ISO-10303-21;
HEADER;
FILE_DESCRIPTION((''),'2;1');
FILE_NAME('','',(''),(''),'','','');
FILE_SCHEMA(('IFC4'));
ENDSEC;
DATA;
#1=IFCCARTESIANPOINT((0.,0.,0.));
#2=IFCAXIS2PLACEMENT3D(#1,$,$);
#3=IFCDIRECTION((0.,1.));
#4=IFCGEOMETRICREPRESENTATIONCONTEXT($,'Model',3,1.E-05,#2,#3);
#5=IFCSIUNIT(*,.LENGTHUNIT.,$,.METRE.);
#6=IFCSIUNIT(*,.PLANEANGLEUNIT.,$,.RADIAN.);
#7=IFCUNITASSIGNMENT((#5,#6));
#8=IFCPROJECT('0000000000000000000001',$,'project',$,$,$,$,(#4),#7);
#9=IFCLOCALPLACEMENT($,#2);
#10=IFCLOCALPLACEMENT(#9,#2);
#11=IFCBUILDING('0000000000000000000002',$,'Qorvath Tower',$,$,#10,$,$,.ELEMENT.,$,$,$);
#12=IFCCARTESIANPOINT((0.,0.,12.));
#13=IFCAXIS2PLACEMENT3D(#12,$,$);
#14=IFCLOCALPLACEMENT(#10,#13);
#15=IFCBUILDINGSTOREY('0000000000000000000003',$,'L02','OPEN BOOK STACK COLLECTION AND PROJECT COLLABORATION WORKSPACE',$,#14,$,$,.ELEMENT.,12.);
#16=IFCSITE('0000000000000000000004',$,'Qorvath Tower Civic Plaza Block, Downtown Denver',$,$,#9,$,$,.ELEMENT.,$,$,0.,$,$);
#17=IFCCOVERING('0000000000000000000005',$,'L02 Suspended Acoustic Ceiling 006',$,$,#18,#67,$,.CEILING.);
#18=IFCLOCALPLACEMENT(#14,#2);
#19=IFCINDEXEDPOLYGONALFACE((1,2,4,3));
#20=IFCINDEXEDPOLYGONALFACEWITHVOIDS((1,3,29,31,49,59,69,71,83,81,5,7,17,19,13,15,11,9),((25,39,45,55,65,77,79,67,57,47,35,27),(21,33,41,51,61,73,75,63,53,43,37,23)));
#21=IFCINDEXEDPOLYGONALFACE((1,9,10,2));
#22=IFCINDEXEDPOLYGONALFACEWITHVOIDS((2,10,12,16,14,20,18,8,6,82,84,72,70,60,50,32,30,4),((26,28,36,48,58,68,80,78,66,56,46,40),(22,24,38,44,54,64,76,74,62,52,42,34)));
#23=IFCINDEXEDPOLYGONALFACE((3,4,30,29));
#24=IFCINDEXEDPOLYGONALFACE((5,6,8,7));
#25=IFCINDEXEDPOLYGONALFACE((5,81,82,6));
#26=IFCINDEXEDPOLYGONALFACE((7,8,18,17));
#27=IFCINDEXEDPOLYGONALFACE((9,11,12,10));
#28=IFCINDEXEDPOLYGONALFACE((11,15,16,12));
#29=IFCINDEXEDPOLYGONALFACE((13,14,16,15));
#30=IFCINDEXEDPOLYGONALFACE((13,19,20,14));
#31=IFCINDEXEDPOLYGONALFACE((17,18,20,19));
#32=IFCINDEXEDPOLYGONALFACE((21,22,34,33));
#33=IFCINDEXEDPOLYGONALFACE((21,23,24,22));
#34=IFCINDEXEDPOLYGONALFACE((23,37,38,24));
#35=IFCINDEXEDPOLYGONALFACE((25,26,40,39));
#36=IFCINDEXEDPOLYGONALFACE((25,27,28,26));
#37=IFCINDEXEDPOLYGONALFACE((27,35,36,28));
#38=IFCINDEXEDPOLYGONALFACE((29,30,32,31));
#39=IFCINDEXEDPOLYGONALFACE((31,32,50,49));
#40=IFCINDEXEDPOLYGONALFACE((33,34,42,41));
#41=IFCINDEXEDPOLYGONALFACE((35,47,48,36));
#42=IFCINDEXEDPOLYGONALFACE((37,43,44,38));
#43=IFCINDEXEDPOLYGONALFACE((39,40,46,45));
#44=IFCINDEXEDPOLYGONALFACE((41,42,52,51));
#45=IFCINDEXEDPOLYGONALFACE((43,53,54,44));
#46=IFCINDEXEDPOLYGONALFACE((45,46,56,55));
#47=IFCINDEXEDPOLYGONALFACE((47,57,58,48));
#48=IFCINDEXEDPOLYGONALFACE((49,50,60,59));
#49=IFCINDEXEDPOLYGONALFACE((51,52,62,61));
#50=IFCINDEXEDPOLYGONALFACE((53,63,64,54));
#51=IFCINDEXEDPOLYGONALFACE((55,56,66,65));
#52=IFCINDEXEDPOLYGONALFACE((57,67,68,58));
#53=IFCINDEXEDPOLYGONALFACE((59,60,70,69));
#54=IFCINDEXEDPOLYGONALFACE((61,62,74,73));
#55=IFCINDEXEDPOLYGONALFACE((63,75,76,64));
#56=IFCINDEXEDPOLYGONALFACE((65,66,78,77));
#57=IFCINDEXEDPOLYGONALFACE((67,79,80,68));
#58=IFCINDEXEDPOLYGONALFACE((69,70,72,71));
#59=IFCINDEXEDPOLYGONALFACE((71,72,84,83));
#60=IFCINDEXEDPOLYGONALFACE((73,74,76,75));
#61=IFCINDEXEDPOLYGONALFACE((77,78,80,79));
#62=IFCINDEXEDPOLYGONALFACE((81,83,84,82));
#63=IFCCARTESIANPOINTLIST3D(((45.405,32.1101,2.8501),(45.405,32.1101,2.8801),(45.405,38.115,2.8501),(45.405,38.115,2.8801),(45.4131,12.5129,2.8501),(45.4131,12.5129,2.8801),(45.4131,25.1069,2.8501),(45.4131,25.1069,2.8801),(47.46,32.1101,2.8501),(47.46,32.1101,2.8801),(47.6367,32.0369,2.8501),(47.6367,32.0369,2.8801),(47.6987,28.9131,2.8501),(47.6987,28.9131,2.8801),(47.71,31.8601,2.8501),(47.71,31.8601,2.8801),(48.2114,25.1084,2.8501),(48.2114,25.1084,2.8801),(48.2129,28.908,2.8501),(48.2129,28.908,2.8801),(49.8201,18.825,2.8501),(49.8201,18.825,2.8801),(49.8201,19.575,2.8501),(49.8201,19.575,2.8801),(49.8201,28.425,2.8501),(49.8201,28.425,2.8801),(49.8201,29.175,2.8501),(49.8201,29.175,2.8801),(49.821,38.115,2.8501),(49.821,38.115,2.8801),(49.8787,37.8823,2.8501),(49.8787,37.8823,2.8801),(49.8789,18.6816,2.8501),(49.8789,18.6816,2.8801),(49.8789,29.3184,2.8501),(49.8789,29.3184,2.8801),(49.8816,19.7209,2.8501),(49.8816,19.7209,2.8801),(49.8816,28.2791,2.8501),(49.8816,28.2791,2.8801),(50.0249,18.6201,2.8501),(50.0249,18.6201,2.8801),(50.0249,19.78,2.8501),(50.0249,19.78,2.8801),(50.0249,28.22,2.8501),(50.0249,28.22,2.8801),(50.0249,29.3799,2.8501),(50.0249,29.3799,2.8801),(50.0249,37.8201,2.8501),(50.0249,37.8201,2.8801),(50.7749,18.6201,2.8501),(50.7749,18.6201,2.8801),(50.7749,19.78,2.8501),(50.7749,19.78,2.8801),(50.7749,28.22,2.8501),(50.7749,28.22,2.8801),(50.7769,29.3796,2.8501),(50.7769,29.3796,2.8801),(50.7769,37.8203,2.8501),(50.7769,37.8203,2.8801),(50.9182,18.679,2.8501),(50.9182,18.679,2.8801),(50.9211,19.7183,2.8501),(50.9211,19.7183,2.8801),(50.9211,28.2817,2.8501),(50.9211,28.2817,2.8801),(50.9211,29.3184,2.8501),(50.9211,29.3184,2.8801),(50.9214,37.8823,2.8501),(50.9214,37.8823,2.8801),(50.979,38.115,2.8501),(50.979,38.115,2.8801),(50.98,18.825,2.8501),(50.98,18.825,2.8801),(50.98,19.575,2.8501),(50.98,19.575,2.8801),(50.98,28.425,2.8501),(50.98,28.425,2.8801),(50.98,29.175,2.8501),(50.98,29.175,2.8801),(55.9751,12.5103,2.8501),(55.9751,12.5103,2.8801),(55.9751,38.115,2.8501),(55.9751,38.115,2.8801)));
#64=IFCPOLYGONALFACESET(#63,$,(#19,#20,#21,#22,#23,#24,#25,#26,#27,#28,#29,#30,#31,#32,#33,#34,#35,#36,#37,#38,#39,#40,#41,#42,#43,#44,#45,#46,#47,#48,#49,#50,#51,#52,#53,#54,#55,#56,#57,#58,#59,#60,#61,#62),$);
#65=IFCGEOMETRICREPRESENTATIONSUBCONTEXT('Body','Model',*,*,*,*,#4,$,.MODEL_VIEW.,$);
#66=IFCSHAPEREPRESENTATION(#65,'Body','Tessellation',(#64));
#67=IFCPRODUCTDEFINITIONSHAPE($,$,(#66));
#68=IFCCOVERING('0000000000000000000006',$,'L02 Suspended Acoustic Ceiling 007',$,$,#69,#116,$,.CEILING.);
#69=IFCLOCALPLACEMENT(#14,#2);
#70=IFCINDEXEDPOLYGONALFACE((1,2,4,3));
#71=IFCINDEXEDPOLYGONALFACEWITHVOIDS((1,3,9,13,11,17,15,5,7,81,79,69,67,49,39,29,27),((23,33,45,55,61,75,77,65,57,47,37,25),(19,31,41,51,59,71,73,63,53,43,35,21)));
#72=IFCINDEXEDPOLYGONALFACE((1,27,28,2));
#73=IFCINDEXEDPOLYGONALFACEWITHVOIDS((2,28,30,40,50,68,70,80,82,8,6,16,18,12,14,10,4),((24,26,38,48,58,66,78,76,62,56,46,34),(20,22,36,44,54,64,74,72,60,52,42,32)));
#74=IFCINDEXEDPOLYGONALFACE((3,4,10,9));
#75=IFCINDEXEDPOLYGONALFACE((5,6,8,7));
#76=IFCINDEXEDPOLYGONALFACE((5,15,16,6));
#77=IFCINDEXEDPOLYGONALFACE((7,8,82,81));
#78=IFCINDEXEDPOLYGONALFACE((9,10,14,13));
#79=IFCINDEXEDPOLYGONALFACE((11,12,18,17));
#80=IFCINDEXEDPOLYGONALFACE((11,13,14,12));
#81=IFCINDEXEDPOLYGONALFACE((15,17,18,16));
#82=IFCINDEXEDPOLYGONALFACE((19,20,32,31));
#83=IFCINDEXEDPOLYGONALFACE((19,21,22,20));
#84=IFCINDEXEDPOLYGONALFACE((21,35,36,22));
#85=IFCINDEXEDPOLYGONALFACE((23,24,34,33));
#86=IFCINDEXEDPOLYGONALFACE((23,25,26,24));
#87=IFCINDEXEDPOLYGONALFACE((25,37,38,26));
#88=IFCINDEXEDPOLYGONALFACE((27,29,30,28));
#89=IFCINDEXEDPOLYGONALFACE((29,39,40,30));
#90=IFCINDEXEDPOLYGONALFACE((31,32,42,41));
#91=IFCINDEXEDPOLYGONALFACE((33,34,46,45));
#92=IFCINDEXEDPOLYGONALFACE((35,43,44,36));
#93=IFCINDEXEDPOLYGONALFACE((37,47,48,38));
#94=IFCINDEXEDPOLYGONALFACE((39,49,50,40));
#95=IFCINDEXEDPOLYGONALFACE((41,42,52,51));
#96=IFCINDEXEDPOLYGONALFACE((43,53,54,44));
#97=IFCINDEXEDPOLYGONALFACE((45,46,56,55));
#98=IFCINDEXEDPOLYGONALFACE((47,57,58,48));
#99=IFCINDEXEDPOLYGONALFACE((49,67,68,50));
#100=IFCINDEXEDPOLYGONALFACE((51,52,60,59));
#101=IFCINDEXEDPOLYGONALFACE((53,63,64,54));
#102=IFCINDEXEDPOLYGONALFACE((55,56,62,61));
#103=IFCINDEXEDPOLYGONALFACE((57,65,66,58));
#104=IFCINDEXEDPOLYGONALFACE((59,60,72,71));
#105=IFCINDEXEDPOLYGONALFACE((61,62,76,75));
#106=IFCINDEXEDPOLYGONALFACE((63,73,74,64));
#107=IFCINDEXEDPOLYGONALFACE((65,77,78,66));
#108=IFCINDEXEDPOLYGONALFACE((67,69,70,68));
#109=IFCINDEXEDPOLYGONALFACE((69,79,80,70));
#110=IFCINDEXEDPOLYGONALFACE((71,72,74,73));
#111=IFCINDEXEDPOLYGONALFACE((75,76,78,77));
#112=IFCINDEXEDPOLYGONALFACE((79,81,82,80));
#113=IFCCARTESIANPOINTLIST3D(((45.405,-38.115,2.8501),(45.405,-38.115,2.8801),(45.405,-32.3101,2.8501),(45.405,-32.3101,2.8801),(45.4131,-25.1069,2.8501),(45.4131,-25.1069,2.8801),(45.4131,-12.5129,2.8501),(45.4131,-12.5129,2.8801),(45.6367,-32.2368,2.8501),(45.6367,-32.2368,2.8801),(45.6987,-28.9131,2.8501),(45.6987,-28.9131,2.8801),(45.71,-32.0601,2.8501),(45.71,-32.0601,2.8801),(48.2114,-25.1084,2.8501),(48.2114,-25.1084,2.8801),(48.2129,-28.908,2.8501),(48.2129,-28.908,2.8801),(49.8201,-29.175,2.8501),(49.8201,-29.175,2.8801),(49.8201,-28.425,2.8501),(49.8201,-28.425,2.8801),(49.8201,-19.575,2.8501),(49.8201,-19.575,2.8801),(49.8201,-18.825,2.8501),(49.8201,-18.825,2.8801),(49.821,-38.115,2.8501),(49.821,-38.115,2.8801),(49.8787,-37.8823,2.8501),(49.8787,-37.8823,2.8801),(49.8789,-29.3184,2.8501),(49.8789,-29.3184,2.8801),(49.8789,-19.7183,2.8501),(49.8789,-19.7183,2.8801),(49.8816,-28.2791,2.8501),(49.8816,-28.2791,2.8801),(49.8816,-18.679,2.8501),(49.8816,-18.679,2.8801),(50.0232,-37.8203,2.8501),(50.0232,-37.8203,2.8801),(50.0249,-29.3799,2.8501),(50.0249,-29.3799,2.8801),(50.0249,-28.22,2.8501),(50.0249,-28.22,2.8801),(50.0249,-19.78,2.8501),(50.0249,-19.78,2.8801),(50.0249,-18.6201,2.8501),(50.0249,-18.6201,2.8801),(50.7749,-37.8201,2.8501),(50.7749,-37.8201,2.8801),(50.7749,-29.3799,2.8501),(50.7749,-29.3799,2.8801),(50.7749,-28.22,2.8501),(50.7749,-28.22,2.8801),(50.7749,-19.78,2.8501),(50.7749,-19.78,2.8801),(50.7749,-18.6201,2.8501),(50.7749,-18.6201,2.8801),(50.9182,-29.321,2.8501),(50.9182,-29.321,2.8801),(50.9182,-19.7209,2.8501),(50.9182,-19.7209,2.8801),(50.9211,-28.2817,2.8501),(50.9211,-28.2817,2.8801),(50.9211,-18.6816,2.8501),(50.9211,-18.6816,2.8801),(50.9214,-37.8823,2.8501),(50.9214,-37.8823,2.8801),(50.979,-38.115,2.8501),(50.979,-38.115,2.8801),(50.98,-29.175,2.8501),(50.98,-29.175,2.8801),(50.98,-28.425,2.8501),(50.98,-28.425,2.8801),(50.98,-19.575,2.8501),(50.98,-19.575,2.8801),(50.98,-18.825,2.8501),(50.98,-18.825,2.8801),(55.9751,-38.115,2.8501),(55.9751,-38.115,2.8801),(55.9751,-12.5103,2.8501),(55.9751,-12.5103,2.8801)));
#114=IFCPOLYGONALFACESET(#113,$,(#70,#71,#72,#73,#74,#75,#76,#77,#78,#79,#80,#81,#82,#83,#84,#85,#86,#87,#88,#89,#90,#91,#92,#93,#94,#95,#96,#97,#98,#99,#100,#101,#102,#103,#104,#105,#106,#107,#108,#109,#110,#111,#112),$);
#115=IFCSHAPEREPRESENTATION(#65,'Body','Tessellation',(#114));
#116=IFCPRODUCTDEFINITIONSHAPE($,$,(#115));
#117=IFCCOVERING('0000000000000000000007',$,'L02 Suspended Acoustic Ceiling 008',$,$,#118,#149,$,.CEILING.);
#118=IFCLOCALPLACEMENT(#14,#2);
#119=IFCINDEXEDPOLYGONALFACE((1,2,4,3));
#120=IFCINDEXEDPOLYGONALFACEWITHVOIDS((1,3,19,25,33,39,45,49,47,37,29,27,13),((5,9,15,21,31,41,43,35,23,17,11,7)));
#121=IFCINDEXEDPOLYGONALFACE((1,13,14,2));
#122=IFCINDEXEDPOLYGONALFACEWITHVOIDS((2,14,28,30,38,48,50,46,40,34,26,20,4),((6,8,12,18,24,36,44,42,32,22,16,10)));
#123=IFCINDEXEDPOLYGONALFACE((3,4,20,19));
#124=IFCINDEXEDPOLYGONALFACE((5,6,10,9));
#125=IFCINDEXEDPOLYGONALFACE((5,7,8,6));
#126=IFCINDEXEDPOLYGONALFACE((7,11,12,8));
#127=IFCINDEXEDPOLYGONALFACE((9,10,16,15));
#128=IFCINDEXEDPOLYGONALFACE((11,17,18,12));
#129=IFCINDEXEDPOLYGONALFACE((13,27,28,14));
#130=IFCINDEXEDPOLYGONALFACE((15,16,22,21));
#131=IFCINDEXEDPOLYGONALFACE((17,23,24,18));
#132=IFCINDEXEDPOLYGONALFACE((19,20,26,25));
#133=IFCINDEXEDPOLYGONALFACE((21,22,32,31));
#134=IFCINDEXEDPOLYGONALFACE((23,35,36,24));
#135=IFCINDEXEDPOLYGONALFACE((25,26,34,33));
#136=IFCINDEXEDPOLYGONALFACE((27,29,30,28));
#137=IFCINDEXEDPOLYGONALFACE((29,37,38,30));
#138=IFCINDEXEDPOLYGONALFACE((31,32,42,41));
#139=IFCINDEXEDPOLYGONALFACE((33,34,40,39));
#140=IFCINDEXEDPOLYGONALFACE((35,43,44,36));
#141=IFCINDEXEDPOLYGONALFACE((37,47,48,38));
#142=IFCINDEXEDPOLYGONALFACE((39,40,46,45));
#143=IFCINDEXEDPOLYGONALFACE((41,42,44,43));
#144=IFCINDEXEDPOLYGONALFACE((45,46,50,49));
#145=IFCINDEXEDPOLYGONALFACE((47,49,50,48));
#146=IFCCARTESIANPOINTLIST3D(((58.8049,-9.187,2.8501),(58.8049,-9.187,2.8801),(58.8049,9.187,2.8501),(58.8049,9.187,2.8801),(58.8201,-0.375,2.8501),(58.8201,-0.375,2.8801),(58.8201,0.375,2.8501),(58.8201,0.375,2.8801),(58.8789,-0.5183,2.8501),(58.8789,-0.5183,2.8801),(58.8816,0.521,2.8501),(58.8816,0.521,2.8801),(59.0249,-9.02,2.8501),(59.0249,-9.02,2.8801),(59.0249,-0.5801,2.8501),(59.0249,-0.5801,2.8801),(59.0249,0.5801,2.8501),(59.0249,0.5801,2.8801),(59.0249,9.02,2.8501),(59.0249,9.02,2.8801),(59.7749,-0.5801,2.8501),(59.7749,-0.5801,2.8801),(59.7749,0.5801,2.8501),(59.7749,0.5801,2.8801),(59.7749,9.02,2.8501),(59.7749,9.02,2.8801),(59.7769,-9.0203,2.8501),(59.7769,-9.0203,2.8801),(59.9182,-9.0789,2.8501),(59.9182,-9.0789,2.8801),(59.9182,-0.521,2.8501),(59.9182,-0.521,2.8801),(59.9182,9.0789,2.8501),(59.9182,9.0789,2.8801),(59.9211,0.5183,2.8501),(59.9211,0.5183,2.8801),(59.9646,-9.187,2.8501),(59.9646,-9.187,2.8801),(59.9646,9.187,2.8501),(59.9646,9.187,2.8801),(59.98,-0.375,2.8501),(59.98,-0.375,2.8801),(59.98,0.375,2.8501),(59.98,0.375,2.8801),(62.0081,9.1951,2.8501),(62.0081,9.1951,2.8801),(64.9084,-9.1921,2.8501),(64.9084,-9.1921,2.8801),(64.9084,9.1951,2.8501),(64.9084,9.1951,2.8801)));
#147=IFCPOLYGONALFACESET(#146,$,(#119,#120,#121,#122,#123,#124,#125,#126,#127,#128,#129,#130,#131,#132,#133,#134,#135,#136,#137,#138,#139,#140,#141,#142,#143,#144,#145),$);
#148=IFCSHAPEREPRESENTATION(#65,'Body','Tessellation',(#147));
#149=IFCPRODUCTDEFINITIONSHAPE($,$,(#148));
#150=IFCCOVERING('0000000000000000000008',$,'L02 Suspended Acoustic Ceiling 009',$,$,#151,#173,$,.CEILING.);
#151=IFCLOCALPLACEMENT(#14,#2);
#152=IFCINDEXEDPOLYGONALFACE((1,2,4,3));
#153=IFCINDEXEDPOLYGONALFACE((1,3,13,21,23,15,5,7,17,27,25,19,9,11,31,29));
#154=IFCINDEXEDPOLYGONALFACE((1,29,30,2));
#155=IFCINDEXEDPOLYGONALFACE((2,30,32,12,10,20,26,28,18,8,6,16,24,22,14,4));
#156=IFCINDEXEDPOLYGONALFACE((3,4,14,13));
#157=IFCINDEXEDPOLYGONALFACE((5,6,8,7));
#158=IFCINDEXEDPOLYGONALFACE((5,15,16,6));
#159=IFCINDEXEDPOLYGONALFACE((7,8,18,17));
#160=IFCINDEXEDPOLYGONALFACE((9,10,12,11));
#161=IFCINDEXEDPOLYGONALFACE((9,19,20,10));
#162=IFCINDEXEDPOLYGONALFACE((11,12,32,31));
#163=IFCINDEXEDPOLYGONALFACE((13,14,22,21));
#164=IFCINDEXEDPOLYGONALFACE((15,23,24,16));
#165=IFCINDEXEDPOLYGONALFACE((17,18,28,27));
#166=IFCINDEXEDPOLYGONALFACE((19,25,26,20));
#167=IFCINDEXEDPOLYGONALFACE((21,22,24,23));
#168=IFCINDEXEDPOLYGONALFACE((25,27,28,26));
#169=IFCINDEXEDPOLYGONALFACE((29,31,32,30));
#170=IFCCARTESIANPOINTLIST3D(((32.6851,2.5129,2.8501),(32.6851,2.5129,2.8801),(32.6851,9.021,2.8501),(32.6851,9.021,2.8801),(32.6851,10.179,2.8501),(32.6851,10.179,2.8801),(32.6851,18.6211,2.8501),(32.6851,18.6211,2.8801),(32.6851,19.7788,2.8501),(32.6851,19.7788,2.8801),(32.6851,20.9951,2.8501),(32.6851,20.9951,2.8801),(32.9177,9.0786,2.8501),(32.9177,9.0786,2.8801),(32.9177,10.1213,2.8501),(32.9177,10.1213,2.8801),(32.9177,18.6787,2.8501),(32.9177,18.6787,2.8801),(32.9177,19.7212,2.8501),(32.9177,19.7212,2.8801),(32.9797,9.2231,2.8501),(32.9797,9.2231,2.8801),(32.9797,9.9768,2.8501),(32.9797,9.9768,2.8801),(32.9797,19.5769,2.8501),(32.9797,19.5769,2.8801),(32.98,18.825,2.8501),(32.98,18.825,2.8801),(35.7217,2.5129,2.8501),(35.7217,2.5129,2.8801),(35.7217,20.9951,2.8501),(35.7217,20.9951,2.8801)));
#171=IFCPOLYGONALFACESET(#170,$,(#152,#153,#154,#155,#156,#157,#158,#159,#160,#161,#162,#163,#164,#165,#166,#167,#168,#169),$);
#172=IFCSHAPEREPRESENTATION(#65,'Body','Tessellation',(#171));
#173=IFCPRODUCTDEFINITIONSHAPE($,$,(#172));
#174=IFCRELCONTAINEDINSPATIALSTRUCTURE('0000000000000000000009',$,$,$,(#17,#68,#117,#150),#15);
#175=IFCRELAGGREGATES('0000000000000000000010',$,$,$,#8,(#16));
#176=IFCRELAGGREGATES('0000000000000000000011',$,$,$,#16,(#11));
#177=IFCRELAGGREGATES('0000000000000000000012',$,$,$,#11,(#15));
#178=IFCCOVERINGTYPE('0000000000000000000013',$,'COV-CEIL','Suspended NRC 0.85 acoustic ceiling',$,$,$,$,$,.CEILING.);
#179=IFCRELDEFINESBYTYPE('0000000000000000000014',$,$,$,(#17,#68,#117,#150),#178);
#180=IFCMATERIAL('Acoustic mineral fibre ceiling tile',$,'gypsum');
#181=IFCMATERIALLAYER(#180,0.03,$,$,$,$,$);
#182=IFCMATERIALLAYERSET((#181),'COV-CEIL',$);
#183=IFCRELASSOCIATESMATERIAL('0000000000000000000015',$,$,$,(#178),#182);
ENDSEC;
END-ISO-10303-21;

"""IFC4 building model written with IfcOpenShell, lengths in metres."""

from ifc_helpers import new_model, si_unit, direction, frame, origin, place, context, subcontext, project, spatial, polyline, outline, extrude, material, layer, layer_set, type_object, element, save


model = new_model("IFC4")

# Units and contexts
model_context = context("Model", 3, precision=1e-05, world=origin(), true_north=direction((0.0, 1.0)))
body_context = subcontext(model_context, "Body", "Model", "MODEL_VIEW")
ifc_project = project(units=[si_unit("LENGTHUNIT", "METRE"), si_unit("PLANEANGLEUNIT", "RADIAN")], contexts=[model_context])

# Site, building, storey
site_placement = place(None, origin())
site = spatial("IfcSite", under=ifc_project, at=site_placement, Name="Qorvath Tower Civic Plaza Block, Downtown Denver", CompositionType="ELEMENT", RefElevation=0.0)
building_placement = place(site_placement, origin())
building = spatial("IfcBuilding", under=site, at=building_placement, Name="Qorvath Tower", CompositionType="ELEMENT")
storey_placement = place(building_placement, frame((0.0, 0.0, 12.0)))
storey = spatial("IfcBuildingStorey", under=building, at=storey_placement, Name="L02", Description="OPEN BOOK STACK COLLECTION AND PROJECT COLLABORATION WORKSPACE", CompositionType="ELEMENT", Elevation=12.0)

# Coverings
ifc_material_1 = material(Name="Acoustic mineral fibre ceiling tile", Category="gypsum")
ifc_layer_1 = layer(ifc_material_1, 0.03)
ifc_layer_set_1 = layer_set([ifc_layer_1], Name="COV-CEIL")
covering_type_1 = type_object("IfcCoveringType", Name="COV-CEIL", Description="Suspended NRC 0.85 acoustic ceiling", PredefinedType="CEILING", material=ifc_layer_set_1)
covering_1_placement = place(storey_placement, frame((0.0, 0.0, 2.8501)))
element("IfcCovering", 1, at=covering_1_placement, inside=storey, type_object=covering_type_1, Name="L02 Suspended Acoustic Ceiling 006", PredefinedType="CEILING", context=body_context, shape_type="SweptSolid", body=[
    extrude(outline(polyline([(45.405, 38.115), (45.405, 32.1101), (47.46, 32.1101), (47.6367, 32.0369), (47.71, 31.8601), (47.6987, 28.9131), (48.2129, 28.908), (48.2114, 25.1084), (45.4131, 25.1069), (45.4131, 12.5129), (55.9751, 12.5103), (55.9751, 38.115), (50.979, 38.115), (50.9214, 37.8823), (50.7769, 37.8203), (50.0249, 37.8201), (49.8787, 37.8823), (49.821, 38.115), (45.405, 38.115)]), holes=[polyline([(50.7769, 29.3796), (50.9211, 29.3184), (50.98, 29.175), (50.98, 28.425), (50.9211, 28.2817), (50.7749, 28.22), (50.0249, 28.22), (49.8816, 28.2791), (49.8201, 28.425), (49.8201, 29.175), (49.8789, 29.3184), (50.0249, 29.3799), (50.7769, 29.3796)]), polyline([(50.9211, 19.7183), (50.98, 19.575), (50.98, 18.825), (50.9182, 18.679), (50.7749, 18.6201), (50.0249, 18.6201), (49.8789, 18.6816), (49.8201, 18.825), (49.8201, 19.575), (49.8816, 19.7209), (50.0249, 19.78), (50.7749, 19.78), (50.9211, 19.7183)])]), origin(), (0.0, 0.0, 1.0), 0.03),
])
covering_2_placement = place(storey_placement, frame((0.0, 0.0, 2.8501)))
element("IfcCovering", 2, at=covering_2_placement, inside=storey, type_object=covering_type_1, Name="L02 Suspended Acoustic Ceiling 007", PredefinedType="CEILING", context=body_context, shape_type="SweptSolid", body=[
    extrude(outline(polyline([(55.9751, -38.115), (55.9751, -12.5103), (45.4131, -12.5129), (45.4131, -25.1069), (48.2114, -25.1084), (48.2129, -28.908), (45.6987, -28.9131), (45.71, -32.0601), (45.6367, -32.2368), (45.405, -32.3101), (45.405, -38.115), (49.821, -38.115), (49.8787, -37.8823), (50.0232, -37.8203), (50.7749, -37.8201), (50.9214, -37.8823), (50.979, -38.115), (55.9751, -38.115)]), holes=[polyline([(50.9211, -28.2817), (50.98, -28.425), (50.98, -29.175), (50.9182, -29.321), (50.7749, -29.3799), (50.0249, -29.3799), (49.8789, -29.3184), (49.8201, -29.175), (49.8201, -28.425), (49.8816, -28.2791), (50.0249, -28.22), (50.7749, -28.22), (50.9211, -28.2817)]), polyline([(50.9211, -18.6816), (50.98, -18.825), (50.98, -19.575), (50.9182, -19.7209), (50.7749, -19.78), (50.0249, -19.78), (49.8789, -19.7183), (49.8201, -19.575), (49.8201, -18.825), (49.8816, -18.679), (50.0249, -18.6201), (50.7749, -18.6201), (50.9211, -18.6816)])]), origin(), (0.0, 0.0, 1.0), 0.03),
])
covering_3_placement = place(storey_placement, frame((0.0, 0.0, 2.8501)))
element("IfcCovering", 3, at=covering_3_placement, inside=storey, type_object=covering_type_1, Name="L02 Suspended Acoustic Ceiling 008", PredefinedType="CEILING", context=body_context, shape_type="SweptSolid", body=[
    extrude(outline(polyline([(59.7769, -9.0203), (59.9182, -9.0789), (59.9646, -9.187), (64.9084, -9.1921), (64.9084, 9.1951), (62.0081, 9.1951), (59.9646, 9.187), (59.9182, 9.0789), (59.7749, 9.02), (59.0249, 9.02), (58.8049, 9.187), (58.8049, -9.187), (59.0249, -9.02), (59.7769, -9.0203)]), holes=[polyline([(59.9211, 0.5183), (59.98, 0.375), (59.98, -0.375), (59.9182, -0.521), (59.7749, -0.5801), (59.0249, -0.5801), (58.8789, -0.5183), (58.8201, -0.375), (58.8201, 0.375), (58.8816, 0.521), (59.0249, 0.5801), (59.7749, 0.5801), (59.9211, 0.5183)])]), origin(), (0.0, 0.0, 1.0), 0.03),
])
covering_4_placement = place(storey_placement, frame((0.0, 0.0, 2.8501)))
element("IfcCovering", 4, at=covering_4_placement, inside=storey, type_object=covering_type_1, Name="L02 Suspended Acoustic Ceiling 009", PredefinedType="CEILING", context=body_context, shape_type="SweptSolid", body=[
    extrude(outline(polyline([(32.9797, 9.2231), (32.9177, 9.0786), (32.6851, 9.021), (32.6851, 2.5129), (35.7217, 2.5129), (35.7217, 20.9951), (32.6851, 20.9951), (32.6851, 19.7788), (32.9177, 19.7212), (32.9797, 19.5769), (32.98, 18.825), (32.9177, 18.6787), (32.6851, 18.6211), (32.6851, 10.179), (32.9177, 10.1213), (32.9797, 9.9768), (32.9797, 9.2231)])), origin(), (0.0, 0.0, 1.0), 0.03),
])

save(model, "model.ifc")
